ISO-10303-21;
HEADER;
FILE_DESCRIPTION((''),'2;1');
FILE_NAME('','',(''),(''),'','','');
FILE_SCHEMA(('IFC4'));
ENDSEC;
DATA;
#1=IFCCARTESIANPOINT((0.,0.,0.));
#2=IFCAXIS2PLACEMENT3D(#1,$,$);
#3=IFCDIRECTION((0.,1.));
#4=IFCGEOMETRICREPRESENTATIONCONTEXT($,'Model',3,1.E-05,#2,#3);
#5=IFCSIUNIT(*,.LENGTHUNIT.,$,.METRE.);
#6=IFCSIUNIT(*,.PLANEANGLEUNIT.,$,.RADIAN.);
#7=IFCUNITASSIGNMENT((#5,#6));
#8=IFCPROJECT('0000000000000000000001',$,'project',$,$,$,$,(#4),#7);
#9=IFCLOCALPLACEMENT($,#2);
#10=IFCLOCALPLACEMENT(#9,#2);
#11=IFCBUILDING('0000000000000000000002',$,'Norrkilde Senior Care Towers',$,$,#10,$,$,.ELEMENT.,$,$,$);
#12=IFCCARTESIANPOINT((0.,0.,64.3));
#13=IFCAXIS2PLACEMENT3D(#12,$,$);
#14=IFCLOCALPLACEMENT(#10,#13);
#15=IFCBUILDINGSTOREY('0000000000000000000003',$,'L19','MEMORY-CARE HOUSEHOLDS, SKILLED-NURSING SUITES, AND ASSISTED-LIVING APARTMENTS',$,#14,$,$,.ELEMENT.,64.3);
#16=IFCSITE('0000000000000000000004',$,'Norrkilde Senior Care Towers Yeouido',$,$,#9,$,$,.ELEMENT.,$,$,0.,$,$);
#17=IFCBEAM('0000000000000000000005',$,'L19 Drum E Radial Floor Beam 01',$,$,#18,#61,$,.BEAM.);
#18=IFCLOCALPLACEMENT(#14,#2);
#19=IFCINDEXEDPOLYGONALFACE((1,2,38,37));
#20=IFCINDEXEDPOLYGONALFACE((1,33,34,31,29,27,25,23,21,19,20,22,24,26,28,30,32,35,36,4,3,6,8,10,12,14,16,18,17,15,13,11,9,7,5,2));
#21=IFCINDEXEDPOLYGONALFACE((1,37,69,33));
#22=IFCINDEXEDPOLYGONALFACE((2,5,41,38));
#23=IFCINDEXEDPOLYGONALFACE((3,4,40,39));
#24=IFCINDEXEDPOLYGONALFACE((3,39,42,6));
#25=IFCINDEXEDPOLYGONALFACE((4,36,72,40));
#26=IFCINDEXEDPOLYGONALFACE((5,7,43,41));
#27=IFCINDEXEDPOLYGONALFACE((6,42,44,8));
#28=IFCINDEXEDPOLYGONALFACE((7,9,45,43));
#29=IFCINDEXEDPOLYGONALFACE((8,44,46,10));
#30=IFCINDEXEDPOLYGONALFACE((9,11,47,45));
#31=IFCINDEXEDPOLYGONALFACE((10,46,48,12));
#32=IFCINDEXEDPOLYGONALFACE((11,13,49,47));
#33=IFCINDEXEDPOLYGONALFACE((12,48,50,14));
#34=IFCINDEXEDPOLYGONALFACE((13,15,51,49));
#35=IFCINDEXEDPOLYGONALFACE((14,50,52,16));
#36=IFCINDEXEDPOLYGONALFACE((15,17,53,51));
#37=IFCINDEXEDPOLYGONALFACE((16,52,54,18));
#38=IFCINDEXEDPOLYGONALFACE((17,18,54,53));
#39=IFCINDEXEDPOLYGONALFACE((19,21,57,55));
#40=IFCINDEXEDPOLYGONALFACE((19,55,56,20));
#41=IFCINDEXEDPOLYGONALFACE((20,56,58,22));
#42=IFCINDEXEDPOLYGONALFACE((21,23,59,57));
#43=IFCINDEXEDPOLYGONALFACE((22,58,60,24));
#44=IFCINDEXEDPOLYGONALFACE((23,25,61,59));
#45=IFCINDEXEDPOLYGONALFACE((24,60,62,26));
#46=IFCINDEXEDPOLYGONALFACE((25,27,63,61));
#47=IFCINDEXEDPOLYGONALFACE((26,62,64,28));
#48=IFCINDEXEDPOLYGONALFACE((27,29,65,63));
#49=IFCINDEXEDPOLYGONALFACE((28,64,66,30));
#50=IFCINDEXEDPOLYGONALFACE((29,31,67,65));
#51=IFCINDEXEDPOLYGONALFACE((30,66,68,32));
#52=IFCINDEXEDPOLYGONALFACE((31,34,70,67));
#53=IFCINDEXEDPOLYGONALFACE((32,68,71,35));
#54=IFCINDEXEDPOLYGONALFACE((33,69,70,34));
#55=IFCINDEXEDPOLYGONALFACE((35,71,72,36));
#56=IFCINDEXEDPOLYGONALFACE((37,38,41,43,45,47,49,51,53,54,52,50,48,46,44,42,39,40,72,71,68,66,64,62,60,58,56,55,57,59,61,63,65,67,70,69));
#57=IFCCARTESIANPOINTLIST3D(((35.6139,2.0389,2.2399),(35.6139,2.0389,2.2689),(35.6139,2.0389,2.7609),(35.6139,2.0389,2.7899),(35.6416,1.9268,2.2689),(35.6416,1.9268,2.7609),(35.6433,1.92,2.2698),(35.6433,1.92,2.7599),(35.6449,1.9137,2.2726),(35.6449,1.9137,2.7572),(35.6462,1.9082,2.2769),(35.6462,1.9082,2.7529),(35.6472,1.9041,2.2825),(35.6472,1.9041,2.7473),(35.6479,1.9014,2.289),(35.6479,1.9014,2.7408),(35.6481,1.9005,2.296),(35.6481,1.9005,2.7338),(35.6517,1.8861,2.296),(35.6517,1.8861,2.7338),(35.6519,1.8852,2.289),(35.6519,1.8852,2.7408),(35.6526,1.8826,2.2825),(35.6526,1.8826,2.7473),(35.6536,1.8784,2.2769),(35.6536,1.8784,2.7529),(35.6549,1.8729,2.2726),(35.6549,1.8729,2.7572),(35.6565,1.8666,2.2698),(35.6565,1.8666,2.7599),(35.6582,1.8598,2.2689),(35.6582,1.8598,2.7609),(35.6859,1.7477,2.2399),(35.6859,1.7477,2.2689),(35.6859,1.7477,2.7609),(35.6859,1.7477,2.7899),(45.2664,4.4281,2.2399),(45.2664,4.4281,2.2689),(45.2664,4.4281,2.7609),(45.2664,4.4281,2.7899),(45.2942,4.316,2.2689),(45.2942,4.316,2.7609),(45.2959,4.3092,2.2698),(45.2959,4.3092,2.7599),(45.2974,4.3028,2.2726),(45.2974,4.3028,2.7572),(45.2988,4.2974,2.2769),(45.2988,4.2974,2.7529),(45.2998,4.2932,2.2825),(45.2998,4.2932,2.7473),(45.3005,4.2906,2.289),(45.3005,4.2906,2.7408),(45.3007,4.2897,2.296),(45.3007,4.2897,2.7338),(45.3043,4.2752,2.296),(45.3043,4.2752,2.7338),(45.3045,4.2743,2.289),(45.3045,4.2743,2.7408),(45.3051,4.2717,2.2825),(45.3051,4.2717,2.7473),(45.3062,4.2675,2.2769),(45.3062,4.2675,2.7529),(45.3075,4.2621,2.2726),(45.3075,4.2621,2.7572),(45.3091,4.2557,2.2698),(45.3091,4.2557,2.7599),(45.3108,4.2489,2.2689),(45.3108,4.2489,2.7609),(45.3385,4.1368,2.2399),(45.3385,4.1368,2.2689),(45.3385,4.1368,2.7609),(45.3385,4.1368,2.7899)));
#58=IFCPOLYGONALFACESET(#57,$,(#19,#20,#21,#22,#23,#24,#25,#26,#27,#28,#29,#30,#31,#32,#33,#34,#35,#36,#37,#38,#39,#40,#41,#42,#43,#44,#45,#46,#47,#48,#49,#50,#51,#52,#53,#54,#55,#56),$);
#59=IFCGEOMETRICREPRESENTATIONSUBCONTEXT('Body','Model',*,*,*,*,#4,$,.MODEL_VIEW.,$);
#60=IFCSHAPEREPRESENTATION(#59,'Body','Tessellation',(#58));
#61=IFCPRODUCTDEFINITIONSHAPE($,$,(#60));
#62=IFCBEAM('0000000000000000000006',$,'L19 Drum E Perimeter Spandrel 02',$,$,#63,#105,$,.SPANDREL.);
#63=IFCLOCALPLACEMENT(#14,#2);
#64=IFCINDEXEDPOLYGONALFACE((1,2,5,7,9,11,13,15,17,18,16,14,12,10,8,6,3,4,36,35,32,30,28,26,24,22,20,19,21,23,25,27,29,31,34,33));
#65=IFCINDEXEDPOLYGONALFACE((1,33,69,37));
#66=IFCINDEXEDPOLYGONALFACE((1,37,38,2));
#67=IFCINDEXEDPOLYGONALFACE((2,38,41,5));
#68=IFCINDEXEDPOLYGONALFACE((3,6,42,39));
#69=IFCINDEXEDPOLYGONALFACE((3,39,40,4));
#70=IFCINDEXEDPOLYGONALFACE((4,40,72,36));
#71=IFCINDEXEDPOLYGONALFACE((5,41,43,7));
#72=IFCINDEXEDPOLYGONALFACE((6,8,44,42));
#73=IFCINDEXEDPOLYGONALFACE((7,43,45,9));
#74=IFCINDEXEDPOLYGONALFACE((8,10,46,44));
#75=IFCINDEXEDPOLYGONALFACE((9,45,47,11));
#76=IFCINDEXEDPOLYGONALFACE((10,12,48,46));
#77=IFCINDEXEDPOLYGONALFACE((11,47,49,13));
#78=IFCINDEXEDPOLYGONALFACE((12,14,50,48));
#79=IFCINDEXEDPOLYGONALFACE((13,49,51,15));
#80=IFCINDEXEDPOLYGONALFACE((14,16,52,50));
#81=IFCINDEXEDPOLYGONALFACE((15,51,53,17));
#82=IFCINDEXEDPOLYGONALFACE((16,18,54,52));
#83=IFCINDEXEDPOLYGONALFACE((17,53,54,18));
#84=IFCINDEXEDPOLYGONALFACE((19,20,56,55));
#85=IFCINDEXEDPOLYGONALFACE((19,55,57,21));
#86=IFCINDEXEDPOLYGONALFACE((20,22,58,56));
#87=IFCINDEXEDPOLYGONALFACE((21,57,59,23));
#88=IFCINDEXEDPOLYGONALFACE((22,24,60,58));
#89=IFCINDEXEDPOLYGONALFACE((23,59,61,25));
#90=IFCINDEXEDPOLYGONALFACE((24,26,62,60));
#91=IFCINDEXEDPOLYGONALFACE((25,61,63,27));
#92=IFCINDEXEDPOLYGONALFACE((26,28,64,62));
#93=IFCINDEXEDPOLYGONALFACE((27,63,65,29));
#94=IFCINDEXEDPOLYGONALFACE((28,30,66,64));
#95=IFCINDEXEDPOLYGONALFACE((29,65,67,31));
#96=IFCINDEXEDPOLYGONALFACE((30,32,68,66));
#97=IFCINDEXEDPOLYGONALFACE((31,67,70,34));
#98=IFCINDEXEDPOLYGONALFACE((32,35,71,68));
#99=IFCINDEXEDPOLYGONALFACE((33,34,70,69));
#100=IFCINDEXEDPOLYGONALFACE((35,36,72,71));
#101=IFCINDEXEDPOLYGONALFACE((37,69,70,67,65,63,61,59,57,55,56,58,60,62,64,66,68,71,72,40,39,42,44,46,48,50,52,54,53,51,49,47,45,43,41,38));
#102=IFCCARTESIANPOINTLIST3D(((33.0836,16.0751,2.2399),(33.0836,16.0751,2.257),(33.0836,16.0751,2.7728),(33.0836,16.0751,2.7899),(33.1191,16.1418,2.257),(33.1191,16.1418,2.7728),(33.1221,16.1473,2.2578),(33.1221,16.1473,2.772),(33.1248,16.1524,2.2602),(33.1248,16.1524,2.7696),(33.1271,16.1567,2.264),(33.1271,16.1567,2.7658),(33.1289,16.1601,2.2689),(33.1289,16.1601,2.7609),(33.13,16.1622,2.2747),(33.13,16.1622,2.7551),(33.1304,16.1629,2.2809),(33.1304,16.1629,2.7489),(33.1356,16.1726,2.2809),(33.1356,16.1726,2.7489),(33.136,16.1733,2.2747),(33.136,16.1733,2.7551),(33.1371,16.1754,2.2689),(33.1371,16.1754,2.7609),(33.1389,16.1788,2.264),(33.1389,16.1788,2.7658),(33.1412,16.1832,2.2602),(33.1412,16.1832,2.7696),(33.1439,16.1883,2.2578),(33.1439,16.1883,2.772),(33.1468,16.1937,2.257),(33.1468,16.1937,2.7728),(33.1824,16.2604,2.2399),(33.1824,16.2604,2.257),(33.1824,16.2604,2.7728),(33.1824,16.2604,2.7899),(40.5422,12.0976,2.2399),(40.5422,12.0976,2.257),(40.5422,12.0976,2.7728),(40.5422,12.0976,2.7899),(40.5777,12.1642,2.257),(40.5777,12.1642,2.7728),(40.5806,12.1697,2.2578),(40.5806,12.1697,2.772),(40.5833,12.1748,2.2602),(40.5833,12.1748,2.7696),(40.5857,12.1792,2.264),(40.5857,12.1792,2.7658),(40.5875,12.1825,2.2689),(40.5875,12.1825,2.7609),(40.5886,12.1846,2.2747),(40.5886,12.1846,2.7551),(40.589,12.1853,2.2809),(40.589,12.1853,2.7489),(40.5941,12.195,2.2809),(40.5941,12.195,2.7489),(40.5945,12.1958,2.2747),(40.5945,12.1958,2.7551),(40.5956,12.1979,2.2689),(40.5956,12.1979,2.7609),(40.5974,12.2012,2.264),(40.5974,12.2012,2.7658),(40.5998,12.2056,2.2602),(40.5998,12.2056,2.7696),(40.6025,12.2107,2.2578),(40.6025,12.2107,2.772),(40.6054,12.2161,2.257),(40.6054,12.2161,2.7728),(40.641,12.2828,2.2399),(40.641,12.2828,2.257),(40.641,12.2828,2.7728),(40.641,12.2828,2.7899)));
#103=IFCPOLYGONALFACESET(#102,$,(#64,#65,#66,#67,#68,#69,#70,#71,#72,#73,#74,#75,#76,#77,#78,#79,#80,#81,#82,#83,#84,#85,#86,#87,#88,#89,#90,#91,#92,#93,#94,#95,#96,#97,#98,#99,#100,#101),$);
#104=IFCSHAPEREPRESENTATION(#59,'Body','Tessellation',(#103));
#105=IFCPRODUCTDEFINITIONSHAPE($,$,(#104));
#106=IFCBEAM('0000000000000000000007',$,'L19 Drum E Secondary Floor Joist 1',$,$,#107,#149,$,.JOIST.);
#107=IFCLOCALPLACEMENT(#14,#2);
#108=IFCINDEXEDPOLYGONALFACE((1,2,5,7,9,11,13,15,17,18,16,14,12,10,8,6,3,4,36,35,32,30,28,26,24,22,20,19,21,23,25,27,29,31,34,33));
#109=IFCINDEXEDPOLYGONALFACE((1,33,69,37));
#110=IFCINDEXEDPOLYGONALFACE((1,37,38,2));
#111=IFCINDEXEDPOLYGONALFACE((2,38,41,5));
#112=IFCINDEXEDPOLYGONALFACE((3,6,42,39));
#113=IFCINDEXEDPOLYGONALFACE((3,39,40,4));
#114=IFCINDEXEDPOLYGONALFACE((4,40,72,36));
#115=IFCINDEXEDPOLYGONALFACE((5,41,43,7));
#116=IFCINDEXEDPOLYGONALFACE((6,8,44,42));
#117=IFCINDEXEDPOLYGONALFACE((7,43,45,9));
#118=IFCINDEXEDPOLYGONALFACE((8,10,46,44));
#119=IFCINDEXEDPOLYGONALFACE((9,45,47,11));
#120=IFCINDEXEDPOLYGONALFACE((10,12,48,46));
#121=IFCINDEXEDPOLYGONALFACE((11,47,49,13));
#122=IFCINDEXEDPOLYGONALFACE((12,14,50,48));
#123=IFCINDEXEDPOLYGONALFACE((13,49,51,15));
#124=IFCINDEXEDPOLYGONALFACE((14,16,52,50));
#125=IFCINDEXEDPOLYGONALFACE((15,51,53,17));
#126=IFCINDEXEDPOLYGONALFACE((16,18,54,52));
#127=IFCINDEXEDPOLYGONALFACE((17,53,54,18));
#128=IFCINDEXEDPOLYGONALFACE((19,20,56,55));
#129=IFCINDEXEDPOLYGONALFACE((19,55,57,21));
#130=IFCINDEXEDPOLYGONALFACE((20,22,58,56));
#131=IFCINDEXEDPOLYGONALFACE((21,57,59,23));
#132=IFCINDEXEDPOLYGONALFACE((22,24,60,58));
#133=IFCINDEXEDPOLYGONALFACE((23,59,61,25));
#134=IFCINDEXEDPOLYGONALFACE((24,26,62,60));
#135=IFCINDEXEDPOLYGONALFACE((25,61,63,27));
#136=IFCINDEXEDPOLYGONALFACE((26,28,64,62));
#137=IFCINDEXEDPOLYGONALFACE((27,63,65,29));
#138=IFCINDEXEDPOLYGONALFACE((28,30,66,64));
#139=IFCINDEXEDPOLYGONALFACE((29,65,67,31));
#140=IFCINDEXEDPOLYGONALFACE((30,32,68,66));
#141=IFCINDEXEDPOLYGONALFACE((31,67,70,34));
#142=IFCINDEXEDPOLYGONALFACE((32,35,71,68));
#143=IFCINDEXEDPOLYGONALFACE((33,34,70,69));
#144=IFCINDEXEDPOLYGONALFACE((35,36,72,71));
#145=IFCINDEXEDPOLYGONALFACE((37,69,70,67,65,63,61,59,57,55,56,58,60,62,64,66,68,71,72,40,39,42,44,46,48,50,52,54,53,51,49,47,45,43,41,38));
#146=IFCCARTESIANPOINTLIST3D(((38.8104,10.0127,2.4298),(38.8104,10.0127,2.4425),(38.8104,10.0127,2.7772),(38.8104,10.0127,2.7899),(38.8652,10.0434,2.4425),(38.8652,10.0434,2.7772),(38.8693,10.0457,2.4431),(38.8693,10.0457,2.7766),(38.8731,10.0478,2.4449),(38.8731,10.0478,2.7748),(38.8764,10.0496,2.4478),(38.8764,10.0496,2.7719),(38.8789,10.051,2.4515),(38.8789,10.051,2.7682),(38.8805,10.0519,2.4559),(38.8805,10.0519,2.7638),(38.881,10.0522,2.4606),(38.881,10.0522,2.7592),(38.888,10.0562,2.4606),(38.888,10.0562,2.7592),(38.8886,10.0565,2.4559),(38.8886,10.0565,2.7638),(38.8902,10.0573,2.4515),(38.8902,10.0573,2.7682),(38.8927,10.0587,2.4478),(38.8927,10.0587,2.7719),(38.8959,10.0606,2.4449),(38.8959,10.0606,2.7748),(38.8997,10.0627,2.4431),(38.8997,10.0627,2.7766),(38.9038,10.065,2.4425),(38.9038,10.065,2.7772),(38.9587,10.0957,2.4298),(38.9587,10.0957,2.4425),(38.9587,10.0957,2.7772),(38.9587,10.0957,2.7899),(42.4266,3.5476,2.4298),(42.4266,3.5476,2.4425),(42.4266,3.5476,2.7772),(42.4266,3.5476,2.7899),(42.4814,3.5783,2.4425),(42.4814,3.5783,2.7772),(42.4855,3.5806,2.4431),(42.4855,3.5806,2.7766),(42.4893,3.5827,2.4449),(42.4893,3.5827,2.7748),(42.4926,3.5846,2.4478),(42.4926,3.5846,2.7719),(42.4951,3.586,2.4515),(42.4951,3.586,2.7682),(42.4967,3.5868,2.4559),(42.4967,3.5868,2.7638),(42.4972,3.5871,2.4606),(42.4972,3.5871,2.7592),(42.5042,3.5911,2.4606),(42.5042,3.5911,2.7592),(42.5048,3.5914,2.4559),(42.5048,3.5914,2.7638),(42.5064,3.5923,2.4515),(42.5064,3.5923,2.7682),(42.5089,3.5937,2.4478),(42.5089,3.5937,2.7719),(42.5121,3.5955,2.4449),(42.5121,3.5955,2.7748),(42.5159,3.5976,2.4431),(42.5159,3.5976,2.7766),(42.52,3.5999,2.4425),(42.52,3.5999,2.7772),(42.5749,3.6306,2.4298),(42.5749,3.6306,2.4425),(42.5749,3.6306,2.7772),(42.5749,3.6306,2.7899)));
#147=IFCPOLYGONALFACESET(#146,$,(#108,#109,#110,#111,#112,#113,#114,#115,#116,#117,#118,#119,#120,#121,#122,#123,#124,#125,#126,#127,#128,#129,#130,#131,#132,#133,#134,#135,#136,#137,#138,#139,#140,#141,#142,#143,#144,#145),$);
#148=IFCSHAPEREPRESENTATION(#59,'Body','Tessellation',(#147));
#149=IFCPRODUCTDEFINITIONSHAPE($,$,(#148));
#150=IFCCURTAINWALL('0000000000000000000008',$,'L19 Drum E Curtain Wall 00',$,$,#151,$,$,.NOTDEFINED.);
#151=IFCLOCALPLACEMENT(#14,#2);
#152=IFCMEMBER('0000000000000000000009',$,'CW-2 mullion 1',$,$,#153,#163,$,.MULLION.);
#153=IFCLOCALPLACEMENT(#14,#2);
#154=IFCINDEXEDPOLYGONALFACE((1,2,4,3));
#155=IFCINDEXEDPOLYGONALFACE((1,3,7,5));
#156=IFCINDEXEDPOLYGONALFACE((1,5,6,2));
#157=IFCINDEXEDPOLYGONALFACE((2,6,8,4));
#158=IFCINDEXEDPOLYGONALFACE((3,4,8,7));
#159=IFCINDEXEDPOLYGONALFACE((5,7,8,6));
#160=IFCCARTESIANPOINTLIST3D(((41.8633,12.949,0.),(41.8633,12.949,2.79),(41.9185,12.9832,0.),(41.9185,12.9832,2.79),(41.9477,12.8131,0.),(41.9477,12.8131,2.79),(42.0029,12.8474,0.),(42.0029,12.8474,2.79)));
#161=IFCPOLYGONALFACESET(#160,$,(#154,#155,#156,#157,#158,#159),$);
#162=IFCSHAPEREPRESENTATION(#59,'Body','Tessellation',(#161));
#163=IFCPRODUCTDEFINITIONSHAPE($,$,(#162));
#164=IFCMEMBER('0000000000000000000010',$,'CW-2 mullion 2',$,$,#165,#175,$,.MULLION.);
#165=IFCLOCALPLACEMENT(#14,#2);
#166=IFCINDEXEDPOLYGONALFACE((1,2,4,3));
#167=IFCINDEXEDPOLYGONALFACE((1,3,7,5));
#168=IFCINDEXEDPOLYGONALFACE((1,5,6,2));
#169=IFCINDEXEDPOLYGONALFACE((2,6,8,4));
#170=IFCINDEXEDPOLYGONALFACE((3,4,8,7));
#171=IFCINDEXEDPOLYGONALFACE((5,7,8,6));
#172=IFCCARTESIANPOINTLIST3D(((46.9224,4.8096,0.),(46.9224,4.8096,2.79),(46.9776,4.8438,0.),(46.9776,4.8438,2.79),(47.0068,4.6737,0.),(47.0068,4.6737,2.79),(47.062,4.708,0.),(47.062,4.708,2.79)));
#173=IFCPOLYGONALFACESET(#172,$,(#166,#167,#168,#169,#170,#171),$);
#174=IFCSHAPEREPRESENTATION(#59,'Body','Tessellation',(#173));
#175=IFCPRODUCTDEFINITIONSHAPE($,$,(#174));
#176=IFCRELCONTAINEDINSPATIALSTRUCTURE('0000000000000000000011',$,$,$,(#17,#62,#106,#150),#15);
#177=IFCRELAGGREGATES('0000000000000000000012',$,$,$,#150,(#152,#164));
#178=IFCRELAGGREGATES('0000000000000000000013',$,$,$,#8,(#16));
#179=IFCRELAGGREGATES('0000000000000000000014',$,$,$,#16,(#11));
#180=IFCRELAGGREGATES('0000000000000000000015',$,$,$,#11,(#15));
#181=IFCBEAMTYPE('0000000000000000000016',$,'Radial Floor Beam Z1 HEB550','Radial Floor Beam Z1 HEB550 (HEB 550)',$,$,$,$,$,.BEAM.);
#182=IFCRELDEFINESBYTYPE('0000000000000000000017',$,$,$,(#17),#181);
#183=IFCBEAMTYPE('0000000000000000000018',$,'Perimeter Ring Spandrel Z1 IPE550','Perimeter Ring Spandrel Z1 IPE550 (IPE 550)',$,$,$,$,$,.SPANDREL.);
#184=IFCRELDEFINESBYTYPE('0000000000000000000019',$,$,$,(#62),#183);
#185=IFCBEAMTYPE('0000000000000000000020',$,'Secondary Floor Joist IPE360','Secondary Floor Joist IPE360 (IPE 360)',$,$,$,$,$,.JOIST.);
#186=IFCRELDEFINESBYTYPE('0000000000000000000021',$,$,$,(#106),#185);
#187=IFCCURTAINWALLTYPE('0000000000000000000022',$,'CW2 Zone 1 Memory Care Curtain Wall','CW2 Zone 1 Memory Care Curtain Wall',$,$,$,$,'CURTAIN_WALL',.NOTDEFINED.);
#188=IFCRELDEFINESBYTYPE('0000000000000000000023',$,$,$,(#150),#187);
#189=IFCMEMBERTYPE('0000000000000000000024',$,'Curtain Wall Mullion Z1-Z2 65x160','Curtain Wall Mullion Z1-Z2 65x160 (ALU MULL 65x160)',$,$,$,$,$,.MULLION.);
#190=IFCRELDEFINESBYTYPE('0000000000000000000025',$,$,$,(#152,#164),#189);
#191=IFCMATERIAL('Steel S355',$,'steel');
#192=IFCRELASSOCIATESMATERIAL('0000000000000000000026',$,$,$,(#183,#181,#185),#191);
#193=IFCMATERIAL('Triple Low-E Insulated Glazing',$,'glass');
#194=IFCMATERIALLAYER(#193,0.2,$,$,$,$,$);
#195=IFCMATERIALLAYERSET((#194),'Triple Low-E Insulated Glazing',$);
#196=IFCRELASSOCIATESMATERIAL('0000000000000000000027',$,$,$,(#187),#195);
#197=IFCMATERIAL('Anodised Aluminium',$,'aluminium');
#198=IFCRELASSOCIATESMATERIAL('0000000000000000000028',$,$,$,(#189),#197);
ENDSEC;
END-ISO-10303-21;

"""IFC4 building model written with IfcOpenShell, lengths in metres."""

from ifc_helpers import new_model, si_unit, direction, frame, origin, origin_2d, place, context, subcontext, project, spatial, rectangle, i_section, extrude, source, transform, mapped, material, layer, layer_set, material_profile, profile_set, type_object, type_shapes, element, aggregate, save


model = new_model("IFC4")

# Units and contexts
model_context = context("Model", 3, precision=1e-05, world=origin(), true_north=direction((0.0, 1.0)))
body_context = subcontext(model_context, "Body", "Model", "MODEL_VIEW")
ifc_project = project(units=[si_unit("LENGTHUNIT", "METRE"), si_unit("PLANEANGLEUNIT", "RADIAN")], contexts=[model_context])

# Site, building, storey
site_placement = place(None, origin())
site = spatial("IfcSite", under=ifc_project, at=site_placement, Name="Norrkilde Senior Care Towers Yeouido", CompositionType="ELEMENT", RefElevation=0.0)
building_placement = place(site_placement, origin())
building = spatial("IfcBuilding", under=site, at=building_placement, Name="Norrkilde Senior Care Towers", CompositionType="ELEMENT")
storey_placement = place(building_placement, frame((0.0, 0.0, 64.3)))
storey = spatial("IfcBuildingStorey", under=building, at=storey_placement, Name="L19", Description="MEMORY-CARE HOUSEHOLDS, SKILLED-NURSING SUITES, AND ASSISTED-LIVING APARTMENTS", CompositionType="ELEMENT", Elevation=64.3)

# Beams
ifc_material_1 = material(Name="Steel S355", Category="steel")
ifc_material_profile_1 = material_profile(ifc_material_1, i_section(OverallWidth=0.21, OverallDepth=0.55, WebThickness=0.011, FlangeThickness=0.0171, FilletRadius=0.0239, at=origin_2d()), Name="IPE 550")
ifc_profile_set_1 = profile_set([ifc_material_profile_1], Name="Steel S355")
beam_type_1 = type_object("IfcBeamType", Name="Perimeter Ring Spandrel Z1 IPE550", Description="Perimeter Ring Spandrel Z1 IPE550 (IPE 550)", PredefinedType="SPANDREL", material=ifc_profile_set_1)
ifc_material_profile_2 = material_profile(ifc_material_1, i_section(OverallWidth=0.3, OverallDepth=0.55, WebThickness=0.0149, FlangeThickness=0.0291, FilletRadius=0.0271, at=origin_2d()), Name="HEB 550")
ifc_profile_set_2 = profile_set([ifc_material_profile_2], Name="Steel S355")
beam_type_2 = type_object("IfcBeamType", Name="Radial Floor Beam Z1 HEB550", Description="Radial Floor Beam Z1 HEB550 (HEB 550)", PredefinedType="BEAM", material=ifc_profile_set_2)
shared_shape_1 = source(origin(), body_context, "Body", "SweptSolid", [
    extrude(i_section(OverallWidth=0.3, OverallDepth=0.55, WebThickness=0.0149, FlangeThickness=0.0291, FilletRadius=0.0271, at=origin_2d()), origin(), (0.0, 0.0, 1.0), 9.9438),
])
type_shapes(beam_type_2, [shared_shape_1])
beam_1_placement = place(storey_placement, frame((35.6499, 1.8933, 2.5149), z_axis=(0.970707, 0.240265, 0.0), x_axis=(-0.240265, 0.970707, 0.0)))
element("IfcBeam", 1, at=beam_1_placement, inside=storey, type_object=beam_type_2, Name="L19 Drum E Radial Floor Beam 01", PredefinedType="BEAM", context=body_context, shape_type="MappedRepresentation", body=[
    mapped(shared_shape_1, transform((0.0, 0.0, 0.0), x_axis=(1.0, 0.0, 0.0), y_axis=(0.0, 1.0, 0.0), z_axis=(0.0, 0.0, 1.0), scale=1.0)),
])
shared_shape_2 = source(origin(), body_context, "Body", "SweptSolid", [
    extrude(i_section(OverallWidth=0.21, OverallDepth=0.55, WebThickness=0.011, FlangeThickness=0.0171, FilletRadius=0.0239, at=origin_2d()), origin(), (0.0, 0.0, 1.0), 8.4529),
])
beam_2_placement = place(storey_placement, frame((40.5916, 12.1902, 2.5149), z_axis=(-0.882369, 0.470558, 0.0), x_axis=(-0.470558, -0.882369, 0.0)))
element("IfcBeam", 2, at=beam_2_placement, inside=storey, type_object=beam_type_1, Name="L19 Drum E Perimeter Spandrel 02", PredefinedType="SPANDREL", context=body_context, shape_type="MappedRepresentation", body=[
    mapped(shared_shape_2, transform((0.0, 0.0, 0.0), x_axis=(1.0, 0.0, 0.0), y_axis=(0.0, 1.0, 0.0), z_axis=(0.0, 0.0, 1.0), scale=1.0)),
])
ifc_material_profile_3 = material_profile(ifc_material_1, i_section(OverallWidth=0.1699, OverallDepth=0.3601, WebThickness=0.0081, FlangeThickness=0.0127, FilletRadius=0.0181, at=origin_2d()), Name="IPE 360")
ifc_profile_set_3 = profile_set([ifc_material_profile_3], Name="Steel S355")
beam_type_3 = type_object("IfcBeamType", Name="Secondary Floor Joist IPE360", Description="Secondary Floor Joist IPE360 (IPE 360)", PredefinedType="JOIST", material=ifc_profile_set_3)
shared_shape_3 = source(origin(), body_context, "Body", "SweptSolid", [
    extrude(i_section(OverallWidth=0.1699, OverallDepth=0.3601, WebThickness=0.0081, FlangeThickness=0.0127, FilletRadius=0.0181, at=origin_2d()), origin(), (0.0, 0.0, 1.0), 7.4077),
])
type_shapes(beam_type_3, [shared_shape_3])
beam_3_placement = place(storey_placement, frame((42.5007, 3.5891, 2.6099), z_axis=(-0.488168, 0.87275, 0.0), x_axis=(-0.87275, -0.488168, 0.0)))
element("IfcBeam", 3, at=beam_3_placement, inside=storey, type_object=beam_type_3, Name="L19 Drum E Secondary Floor Joist 1", PredefinedType="JOIST", context=body_context, shape_type="MappedRepresentation", body=[
    mapped(shared_shape_3, transform((0.0, 0.0, 0.0), x_axis=(1.0, 0.0, 0.0), y_axis=(0.0, 1.0, 0.0), z_axis=(0.0, 0.0, 1.0), scale=1.0)),
])

# Curtain wall, members
ifc_material_2 = material(Name="Triple Low-E Insulated Glazing", Category="glass")
ifc_layer_1 = layer(ifc_material_2, 0.2)
ifc_layer_set_1 = layer_set([ifc_layer_1], Name="Triple Low-E Insulated Glazing")
curtain_wall_type = type_object("IfcCurtainWallType", Name="CW2 Zone 1 Memory Care Curtain Wall", Description="CW2 Zone 1 Memory Care Curtain Wall", ElementType="CURTAIN_WALL", PredefinedType="NOTDEFINED", material=ifc_layer_set_1)
curtain_wall_1_placement = place(storey_placement, origin())
curtain_wall_1 = element("IfcCurtainWall", 4, at=curtain_wall_1_placement, inside=storey, type_object=curtain_wall_type, Name="L19 Drum E Curtain Wall 00", PredefinedType="NOTDEFINED")
ifc_material_3 = material(Name="Anodised Aluminium", Category="aluminium")
ifc_material_profile_4 = material_profile(ifc_material_3, rectangle(XDim=0.0649, YDim=0.1599, at=origin_2d()), Name="ALU MULL 65x160")
ifc_profile_set_4 = profile_set([ifc_material_profile_4], Name="Anodised Aluminium")
member_type_1 = type_object("IfcMemberType", Name="Curtain Wall Mullion Z1-Z2 65x160", Description="Curtain Wall Mullion Z1-Z2 65x160 (ALU MULL 65x160)", PredefinedType="MULLION", material=ifc_profile_set_4)
shared_shape_4 = source(origin(), body_context, "Body", "SweptSolid", [
    extrude(rectangle(XDim=0.0649, YDim=0.1599, at=origin_2d()), origin(), (0.0, 0.0, 1.0), 2.79),
])
type_shapes(member_type_1, [shared_shape_4])
member_1_placement = place(storey_placement, frame((41.9331, 12.8982, 0.0), z_axis=(0.0, 0.0, 1.0), x_axis=(0.849306, 0.527901, 0.0)))
member_1 = element("IfcMember", 5, at=member_1_placement, type_object=member_type_1, Name="CW-2 mullion 1", PredefinedType="MULLION", context=body_context, shape_type="MappedRepresentation", body=[
    mapped(shared_shape_4, transform((0.0, 0.0, 0.0), x_axis=(1.0, 0.0, 0.0), y_axis=(0.0, 1.0, 0.0), z_axis=(0.0, 0.0, 1.0), scale=1.0)),
])
member_2_placement = place(storey_placement, frame((46.9922, 4.7588, 0.0), z_axis=(0.0, 0.0, 1.0), x_axis=(0.849306, 0.527901, 0.0)))
member_2 = element("IfcMember", 6, at=member_2_placement, type_object=member_type_1, Name="CW-2 mullion 2", PredefinedType="MULLION", context=body_context, shape_type="MappedRepresentation", body=[
    mapped(shared_shape_4, transform((0.0, 0.0, 0.0), x_axis=(1.0, 0.0, 0.0), y_axis=(0.0, 1.0, 0.0), z_axis=(0.0, 0.0, 1.0), scale=1.0)),
])

aggregate(curtain_wall_1, [member_1, member_2])

save(model, "model.ifc")
